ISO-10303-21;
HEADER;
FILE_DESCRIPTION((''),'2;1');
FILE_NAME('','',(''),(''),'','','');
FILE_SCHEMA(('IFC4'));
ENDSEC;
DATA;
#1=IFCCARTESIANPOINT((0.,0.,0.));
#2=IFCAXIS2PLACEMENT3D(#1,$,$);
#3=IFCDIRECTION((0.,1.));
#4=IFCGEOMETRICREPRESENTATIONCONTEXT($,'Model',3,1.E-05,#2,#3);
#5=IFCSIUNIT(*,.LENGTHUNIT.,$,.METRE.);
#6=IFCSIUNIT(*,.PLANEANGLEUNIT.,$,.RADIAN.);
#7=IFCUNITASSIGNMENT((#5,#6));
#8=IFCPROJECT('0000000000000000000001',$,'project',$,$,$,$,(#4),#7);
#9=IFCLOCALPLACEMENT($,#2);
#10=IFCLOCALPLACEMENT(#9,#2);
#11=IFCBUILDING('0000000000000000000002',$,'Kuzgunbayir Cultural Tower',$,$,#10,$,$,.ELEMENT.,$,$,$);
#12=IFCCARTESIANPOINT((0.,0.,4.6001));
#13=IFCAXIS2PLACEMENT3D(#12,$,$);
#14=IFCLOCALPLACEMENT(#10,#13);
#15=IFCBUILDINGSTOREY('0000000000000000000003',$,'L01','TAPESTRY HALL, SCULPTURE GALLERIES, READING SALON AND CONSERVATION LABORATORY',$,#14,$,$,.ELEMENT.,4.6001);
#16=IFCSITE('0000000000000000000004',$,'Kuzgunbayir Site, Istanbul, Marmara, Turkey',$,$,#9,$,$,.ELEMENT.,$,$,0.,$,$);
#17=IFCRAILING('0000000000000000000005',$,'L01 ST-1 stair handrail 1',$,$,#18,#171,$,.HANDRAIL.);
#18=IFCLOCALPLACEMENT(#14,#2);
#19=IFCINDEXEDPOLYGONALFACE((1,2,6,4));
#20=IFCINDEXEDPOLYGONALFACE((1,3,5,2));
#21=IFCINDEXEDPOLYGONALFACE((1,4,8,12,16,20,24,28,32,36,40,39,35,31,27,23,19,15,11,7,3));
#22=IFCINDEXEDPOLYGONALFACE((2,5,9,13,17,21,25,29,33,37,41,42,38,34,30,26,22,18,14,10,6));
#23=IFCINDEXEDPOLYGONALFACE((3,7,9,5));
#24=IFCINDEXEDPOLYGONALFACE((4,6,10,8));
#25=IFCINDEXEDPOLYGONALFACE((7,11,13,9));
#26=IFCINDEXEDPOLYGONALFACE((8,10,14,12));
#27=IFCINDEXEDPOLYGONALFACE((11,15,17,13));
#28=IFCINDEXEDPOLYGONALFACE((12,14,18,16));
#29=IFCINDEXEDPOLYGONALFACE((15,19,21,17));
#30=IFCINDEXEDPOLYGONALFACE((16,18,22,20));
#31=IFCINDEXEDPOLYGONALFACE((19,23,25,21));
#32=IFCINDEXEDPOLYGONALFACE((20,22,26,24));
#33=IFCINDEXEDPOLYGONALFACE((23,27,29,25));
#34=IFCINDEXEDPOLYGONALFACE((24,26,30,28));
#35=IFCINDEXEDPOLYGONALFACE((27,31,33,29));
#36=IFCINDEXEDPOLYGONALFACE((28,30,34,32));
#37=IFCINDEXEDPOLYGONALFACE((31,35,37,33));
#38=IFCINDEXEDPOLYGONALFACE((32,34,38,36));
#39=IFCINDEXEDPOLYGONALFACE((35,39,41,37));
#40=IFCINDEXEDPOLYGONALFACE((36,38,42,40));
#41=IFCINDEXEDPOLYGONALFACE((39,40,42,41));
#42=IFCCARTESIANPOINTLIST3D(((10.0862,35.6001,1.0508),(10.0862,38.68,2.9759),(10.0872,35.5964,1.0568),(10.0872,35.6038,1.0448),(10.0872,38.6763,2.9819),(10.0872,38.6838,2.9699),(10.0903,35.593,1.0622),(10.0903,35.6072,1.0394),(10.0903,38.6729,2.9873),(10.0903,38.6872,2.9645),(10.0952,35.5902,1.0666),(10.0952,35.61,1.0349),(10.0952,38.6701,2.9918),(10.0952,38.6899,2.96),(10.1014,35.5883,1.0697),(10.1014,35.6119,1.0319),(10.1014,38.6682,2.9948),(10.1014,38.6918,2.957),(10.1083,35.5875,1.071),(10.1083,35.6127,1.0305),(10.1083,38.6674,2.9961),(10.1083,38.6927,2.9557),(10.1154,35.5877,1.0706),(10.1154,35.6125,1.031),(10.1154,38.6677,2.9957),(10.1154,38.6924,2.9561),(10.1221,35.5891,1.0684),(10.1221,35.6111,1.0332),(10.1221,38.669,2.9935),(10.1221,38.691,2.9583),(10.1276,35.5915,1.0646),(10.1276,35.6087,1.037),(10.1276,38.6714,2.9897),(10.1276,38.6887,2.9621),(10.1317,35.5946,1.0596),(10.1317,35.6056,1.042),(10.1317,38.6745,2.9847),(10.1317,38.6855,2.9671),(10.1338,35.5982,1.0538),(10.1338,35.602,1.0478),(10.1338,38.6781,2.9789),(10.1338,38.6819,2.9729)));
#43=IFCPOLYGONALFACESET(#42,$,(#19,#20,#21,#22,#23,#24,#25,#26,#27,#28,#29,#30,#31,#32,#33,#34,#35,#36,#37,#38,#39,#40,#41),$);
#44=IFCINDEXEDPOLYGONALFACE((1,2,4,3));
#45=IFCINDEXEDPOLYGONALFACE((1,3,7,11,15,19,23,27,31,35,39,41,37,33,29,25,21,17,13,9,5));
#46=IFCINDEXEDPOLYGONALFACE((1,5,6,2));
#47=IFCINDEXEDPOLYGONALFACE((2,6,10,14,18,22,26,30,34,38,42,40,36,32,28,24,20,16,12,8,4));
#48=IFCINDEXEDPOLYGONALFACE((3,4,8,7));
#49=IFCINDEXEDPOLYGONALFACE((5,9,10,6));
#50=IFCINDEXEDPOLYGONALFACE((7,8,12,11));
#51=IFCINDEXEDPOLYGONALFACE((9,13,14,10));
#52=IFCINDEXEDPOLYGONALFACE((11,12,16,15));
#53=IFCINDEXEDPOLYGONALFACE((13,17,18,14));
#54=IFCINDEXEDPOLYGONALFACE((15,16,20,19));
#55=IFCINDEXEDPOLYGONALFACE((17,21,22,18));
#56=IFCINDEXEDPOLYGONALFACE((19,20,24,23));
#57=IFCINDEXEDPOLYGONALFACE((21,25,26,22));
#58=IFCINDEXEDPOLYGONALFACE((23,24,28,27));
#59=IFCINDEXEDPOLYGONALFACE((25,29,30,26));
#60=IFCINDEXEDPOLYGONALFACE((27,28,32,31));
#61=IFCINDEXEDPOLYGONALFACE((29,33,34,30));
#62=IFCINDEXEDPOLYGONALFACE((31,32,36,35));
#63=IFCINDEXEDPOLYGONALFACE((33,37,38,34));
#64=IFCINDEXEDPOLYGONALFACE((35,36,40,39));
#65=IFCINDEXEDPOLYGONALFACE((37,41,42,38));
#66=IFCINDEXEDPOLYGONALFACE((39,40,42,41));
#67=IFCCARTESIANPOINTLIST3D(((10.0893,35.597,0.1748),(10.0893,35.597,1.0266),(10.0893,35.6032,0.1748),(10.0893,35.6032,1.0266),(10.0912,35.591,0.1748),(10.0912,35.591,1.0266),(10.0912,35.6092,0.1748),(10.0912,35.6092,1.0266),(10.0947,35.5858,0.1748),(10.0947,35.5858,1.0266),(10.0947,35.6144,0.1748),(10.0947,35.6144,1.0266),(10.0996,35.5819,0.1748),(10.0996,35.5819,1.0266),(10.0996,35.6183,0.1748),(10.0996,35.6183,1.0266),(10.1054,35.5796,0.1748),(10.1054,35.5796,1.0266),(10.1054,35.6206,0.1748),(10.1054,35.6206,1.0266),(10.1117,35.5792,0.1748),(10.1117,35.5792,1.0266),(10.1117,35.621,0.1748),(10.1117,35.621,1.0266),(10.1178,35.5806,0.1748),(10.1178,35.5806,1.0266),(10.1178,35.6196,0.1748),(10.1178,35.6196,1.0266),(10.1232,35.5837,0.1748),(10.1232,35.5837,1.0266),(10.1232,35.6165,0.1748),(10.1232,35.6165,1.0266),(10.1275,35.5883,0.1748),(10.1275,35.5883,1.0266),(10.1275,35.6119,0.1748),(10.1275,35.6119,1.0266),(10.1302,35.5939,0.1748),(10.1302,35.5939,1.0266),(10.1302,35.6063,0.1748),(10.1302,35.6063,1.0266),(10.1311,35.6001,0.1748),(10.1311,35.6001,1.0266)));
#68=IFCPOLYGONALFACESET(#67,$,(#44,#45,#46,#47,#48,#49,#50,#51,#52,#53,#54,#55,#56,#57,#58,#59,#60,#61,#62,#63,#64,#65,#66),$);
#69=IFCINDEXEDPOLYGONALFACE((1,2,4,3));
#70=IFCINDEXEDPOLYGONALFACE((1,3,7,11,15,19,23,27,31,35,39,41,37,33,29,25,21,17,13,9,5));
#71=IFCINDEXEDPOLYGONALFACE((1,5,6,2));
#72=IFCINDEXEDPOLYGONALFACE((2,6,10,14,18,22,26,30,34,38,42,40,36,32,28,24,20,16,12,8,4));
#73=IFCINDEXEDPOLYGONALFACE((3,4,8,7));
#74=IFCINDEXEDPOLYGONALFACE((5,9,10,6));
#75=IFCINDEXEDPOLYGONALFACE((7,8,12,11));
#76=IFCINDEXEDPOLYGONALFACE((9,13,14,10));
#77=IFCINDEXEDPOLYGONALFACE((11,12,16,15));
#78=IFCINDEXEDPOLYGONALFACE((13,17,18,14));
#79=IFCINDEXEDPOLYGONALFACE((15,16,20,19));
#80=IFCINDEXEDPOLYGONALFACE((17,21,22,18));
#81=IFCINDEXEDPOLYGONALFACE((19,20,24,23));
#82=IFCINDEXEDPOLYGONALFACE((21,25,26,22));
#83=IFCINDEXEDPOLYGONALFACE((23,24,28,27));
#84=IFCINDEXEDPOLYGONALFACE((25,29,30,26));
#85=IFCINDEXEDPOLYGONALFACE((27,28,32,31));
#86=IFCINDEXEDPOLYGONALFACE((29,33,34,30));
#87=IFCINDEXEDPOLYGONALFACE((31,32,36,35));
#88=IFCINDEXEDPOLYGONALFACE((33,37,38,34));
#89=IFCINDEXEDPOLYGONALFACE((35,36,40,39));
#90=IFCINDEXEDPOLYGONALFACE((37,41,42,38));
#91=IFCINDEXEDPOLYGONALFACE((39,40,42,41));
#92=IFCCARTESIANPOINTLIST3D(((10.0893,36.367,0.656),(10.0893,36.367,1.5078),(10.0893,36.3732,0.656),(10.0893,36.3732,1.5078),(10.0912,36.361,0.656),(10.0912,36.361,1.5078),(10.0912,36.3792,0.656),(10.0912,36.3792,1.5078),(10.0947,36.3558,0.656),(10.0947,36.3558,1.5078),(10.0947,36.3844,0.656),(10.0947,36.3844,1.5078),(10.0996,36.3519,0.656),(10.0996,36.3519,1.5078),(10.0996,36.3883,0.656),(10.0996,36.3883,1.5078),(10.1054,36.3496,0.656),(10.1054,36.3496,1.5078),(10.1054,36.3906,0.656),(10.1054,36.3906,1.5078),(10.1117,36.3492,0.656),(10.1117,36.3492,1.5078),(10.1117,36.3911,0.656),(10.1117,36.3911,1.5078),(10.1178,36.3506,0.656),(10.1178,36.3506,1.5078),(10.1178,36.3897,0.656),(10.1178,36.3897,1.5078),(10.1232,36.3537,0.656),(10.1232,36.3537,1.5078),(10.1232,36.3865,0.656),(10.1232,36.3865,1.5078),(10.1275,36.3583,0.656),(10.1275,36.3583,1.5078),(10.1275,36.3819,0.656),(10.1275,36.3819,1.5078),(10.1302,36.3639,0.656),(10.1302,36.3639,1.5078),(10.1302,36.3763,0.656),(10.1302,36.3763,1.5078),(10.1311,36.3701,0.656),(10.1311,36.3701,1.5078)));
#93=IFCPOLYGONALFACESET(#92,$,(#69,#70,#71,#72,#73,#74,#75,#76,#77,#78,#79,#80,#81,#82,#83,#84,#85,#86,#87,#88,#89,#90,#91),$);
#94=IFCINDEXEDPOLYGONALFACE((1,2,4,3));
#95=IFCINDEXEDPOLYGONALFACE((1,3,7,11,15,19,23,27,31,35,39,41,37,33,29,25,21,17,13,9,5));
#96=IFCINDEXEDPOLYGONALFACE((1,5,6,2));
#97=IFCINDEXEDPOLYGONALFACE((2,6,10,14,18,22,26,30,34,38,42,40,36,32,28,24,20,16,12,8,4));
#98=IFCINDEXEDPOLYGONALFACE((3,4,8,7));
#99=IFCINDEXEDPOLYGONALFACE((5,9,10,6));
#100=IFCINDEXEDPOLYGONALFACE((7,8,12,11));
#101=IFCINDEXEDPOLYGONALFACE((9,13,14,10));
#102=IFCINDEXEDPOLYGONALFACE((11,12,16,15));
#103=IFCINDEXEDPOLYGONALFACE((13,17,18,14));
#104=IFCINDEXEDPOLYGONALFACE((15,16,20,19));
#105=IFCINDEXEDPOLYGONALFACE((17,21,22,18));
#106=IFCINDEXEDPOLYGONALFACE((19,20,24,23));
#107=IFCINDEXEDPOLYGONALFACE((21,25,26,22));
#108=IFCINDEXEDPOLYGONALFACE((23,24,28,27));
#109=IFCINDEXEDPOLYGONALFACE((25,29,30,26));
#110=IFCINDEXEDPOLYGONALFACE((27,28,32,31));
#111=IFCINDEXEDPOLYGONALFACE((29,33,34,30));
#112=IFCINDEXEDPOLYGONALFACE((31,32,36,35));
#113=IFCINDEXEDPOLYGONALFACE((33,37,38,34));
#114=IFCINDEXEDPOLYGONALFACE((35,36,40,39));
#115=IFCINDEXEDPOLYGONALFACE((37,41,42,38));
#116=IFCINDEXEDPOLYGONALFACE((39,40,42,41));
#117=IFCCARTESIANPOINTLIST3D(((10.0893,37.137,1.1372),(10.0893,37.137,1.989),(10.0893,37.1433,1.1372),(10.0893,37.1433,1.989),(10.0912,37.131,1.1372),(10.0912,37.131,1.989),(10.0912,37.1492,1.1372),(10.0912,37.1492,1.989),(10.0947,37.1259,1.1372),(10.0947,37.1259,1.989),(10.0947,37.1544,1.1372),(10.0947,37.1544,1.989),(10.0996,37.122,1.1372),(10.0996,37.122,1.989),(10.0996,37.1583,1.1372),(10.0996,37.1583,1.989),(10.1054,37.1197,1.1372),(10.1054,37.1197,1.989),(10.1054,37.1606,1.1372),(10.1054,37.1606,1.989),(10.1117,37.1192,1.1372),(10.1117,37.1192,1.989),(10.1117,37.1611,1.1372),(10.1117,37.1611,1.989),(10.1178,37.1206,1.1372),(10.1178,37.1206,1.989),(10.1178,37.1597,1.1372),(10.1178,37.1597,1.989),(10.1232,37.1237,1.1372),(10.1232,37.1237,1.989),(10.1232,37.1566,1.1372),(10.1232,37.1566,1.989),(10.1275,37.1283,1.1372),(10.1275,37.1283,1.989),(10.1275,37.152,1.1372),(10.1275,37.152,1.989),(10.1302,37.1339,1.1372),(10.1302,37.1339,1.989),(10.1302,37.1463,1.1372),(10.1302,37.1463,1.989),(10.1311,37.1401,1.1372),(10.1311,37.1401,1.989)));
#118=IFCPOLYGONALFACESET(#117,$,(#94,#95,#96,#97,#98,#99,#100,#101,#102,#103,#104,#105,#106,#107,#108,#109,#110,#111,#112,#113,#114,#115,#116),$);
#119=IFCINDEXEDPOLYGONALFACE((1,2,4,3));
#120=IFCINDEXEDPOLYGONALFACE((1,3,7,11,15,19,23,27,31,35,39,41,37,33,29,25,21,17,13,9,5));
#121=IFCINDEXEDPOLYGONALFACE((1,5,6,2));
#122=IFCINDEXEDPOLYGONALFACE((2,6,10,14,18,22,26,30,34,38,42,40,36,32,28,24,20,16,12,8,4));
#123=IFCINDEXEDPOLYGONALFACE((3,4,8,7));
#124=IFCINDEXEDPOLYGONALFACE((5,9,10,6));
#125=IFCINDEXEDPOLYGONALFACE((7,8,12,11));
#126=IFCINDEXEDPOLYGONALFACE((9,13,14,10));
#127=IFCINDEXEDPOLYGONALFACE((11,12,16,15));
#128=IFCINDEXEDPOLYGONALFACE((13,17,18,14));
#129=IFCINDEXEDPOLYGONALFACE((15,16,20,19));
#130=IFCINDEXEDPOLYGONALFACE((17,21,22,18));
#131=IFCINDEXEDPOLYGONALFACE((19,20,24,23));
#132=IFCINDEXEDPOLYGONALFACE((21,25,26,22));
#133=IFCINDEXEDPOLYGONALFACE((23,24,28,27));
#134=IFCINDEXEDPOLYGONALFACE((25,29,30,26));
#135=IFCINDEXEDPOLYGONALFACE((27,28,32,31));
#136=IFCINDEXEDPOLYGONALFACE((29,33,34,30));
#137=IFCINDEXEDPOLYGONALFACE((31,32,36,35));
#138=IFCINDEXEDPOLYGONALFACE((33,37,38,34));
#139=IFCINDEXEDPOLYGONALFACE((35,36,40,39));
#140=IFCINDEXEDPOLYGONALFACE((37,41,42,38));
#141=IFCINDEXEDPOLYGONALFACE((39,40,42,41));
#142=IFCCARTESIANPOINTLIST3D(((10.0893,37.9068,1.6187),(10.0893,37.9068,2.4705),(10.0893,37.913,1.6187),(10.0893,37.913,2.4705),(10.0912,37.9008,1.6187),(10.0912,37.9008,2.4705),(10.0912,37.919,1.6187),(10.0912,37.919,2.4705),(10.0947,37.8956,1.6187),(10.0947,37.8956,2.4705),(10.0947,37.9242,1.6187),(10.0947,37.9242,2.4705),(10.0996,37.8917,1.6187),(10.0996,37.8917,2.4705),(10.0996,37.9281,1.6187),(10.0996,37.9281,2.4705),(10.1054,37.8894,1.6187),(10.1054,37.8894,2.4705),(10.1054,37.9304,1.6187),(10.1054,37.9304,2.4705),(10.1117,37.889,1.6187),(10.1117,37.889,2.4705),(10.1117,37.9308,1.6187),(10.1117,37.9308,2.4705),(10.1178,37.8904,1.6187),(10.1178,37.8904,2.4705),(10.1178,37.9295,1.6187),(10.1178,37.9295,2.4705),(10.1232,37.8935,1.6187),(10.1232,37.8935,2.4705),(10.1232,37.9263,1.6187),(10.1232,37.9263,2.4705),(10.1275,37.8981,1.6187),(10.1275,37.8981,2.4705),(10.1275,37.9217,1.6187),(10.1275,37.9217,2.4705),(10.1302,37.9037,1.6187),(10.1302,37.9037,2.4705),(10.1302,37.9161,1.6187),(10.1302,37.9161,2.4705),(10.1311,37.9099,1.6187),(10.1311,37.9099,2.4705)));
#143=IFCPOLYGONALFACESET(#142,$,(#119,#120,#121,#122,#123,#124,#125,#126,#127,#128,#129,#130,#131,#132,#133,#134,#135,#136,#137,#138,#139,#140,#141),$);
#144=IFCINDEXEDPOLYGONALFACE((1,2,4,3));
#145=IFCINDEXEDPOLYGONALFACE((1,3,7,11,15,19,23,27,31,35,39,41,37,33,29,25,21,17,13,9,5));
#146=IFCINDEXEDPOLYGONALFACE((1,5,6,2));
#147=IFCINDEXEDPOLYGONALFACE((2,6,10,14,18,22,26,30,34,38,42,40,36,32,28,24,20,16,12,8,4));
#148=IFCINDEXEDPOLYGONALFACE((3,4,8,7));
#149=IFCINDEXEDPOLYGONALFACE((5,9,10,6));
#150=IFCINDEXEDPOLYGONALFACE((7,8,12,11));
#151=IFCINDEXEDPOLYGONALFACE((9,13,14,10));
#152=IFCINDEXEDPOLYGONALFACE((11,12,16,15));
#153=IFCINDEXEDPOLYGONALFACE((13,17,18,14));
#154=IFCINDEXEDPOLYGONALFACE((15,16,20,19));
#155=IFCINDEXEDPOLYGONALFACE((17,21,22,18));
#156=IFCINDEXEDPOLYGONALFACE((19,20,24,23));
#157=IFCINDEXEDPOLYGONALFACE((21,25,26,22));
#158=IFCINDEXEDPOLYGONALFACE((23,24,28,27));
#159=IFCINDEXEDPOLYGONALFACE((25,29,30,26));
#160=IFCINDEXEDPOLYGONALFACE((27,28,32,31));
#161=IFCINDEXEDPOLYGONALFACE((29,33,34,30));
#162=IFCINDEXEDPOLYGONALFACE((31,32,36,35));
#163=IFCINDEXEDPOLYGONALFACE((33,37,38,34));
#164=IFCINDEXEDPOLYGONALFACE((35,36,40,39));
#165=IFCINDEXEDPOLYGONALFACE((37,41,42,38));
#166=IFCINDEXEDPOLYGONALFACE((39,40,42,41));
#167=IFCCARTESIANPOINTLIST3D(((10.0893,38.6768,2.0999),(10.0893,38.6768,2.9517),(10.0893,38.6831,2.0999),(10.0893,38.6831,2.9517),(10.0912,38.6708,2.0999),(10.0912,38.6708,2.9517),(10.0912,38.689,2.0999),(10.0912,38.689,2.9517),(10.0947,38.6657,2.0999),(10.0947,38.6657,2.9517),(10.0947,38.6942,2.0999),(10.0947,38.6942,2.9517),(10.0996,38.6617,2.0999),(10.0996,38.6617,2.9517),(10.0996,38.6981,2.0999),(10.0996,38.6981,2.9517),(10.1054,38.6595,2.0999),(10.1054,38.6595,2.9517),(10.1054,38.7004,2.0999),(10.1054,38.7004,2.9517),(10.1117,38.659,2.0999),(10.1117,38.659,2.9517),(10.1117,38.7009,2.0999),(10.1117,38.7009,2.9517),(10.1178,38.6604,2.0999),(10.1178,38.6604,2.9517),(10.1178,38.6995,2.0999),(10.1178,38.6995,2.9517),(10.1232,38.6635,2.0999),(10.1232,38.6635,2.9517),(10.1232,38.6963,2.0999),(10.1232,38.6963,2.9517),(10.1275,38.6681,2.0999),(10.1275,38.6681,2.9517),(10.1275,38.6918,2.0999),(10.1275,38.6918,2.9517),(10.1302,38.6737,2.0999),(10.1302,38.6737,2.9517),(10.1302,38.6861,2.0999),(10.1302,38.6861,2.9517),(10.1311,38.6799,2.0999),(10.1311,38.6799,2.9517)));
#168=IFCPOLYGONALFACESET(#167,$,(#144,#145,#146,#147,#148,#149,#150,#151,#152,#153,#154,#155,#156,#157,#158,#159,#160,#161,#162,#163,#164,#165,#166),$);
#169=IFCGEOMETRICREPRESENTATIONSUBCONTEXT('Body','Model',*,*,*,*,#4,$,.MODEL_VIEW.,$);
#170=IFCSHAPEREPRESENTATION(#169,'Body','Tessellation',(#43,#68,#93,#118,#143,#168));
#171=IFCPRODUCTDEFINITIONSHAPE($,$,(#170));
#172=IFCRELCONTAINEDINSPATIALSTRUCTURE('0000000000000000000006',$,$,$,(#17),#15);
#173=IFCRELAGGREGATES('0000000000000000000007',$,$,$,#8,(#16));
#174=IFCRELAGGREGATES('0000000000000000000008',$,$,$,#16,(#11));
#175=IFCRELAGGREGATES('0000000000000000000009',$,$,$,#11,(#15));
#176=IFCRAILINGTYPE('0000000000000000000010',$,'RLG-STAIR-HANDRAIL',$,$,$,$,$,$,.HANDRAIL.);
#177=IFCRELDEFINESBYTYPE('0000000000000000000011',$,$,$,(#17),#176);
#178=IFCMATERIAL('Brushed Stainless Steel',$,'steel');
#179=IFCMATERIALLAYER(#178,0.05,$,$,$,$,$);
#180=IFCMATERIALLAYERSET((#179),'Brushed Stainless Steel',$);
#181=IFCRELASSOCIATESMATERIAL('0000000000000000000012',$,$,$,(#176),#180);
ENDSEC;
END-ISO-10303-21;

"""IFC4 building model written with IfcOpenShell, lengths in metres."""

from ifc_helpers import new_model, si_unit, direction, frame, origin, origin_2d, place, context, subcontext, project, spatial, circle, extrude, material, layer, layer_set, type_object, element, save


model = new_model("IFC4")

# Units and contexts
model_context = context("Model", 3, precision=1e-05, world=origin(), true_north=direction((0.0, 1.0)))
body_context = subcontext(model_context, "Body", "Model", "MODEL_VIEW")
ifc_project = project(units=[si_unit("LENGTHUNIT", "METRE"), si_unit("PLANEANGLEUNIT", "RADIAN")], contexts=[model_context])

# Site, building, storey
site_placement = place(None, origin())
site = spatial("IfcSite", under=ifc_project, at=site_placement, Name="Kuzgunbayir Site, Istanbul, Marmara, Turkey", CompositionType="ELEMENT", RefElevation=0.0)
building_placement = place(site_placement, origin())
building = spatial("IfcBuilding", under=site, at=building_placement, Name="Kuzgunbayir Cultural Tower", CompositionType="ELEMENT")
storey_placement = place(building_placement, frame((0.0, 0.0, 4.6001)))
storey = spatial("IfcBuildingStorey", under=building, at=storey_placement, Name="L01", Description="TAPESTRY HALL, SCULPTURE GALLERIES, READING SALON AND CONSERVATION LABORATORY", CompositionType="ELEMENT", Elevation=4.6001)

# Shared definitions
ifc_material_1 = material(Name="Brushed Stainless Steel", Category="steel")

# Railing
ifc_layer_1 = layer(ifc_material_1, 0.05)
ifc_layer_set_1 = layer_set([ifc_layer_1], Name="Brushed Stainless Steel")
railing_type_1 = type_object("IfcRailingType", Name="RLG-STAIR-HANDRAIL", PredefinedType="HANDRAIL", material=ifc_layer_set_1)
railing_1_placement = place(storey_placement, frame((10.1101, 35.6001, 0.1748)))
element("IfcRailing", 1, at=railing_1_placement, inside=storey, type_object=railing_type_1, Name="L01 ST-1 stair handrail 1", PredefinedType="HANDRAIL", context=body_context, shape_type="SweptSolid", body=[
    extrude(circle(Radius=0.0239, at=origin_2d()), frame((0.0, 0.0, 0.876), z_axis=(0.0, 0.847979, 0.530029), x_axis=(-1.0, 0.0, 0.0)), (0.0, 0.0, 1.0), 3.6321),
    extrude(circle(Radius=0.021, at=origin_2d()), origin(), (0.0, 0.0, 1.0), 0.8518),
    extrude(circle(Radius=0.021, at=origin_2d()), frame((0.0, 0.77, 0.4812)), (0.0, 0.0, 1.0), 0.8518),
    extrude(circle(Radius=0.021, at=origin_2d()), frame((0.0, 1.54, 0.9624)), (0.0, 0.0, 1.0), 0.8518),
    extrude(circle(Radius=0.021, at=origin_2d()), frame((0.0, 2.3098, 1.4438)), (0.0, 0.0, 1.0), 0.8518),
    extrude(circle(Radius=0.021, at=origin_2d()), frame((0.0, 3.0798, 1.925)), (0.0, 0.0, 1.0), 0.8518),
])

save(model, "model.ifc")
